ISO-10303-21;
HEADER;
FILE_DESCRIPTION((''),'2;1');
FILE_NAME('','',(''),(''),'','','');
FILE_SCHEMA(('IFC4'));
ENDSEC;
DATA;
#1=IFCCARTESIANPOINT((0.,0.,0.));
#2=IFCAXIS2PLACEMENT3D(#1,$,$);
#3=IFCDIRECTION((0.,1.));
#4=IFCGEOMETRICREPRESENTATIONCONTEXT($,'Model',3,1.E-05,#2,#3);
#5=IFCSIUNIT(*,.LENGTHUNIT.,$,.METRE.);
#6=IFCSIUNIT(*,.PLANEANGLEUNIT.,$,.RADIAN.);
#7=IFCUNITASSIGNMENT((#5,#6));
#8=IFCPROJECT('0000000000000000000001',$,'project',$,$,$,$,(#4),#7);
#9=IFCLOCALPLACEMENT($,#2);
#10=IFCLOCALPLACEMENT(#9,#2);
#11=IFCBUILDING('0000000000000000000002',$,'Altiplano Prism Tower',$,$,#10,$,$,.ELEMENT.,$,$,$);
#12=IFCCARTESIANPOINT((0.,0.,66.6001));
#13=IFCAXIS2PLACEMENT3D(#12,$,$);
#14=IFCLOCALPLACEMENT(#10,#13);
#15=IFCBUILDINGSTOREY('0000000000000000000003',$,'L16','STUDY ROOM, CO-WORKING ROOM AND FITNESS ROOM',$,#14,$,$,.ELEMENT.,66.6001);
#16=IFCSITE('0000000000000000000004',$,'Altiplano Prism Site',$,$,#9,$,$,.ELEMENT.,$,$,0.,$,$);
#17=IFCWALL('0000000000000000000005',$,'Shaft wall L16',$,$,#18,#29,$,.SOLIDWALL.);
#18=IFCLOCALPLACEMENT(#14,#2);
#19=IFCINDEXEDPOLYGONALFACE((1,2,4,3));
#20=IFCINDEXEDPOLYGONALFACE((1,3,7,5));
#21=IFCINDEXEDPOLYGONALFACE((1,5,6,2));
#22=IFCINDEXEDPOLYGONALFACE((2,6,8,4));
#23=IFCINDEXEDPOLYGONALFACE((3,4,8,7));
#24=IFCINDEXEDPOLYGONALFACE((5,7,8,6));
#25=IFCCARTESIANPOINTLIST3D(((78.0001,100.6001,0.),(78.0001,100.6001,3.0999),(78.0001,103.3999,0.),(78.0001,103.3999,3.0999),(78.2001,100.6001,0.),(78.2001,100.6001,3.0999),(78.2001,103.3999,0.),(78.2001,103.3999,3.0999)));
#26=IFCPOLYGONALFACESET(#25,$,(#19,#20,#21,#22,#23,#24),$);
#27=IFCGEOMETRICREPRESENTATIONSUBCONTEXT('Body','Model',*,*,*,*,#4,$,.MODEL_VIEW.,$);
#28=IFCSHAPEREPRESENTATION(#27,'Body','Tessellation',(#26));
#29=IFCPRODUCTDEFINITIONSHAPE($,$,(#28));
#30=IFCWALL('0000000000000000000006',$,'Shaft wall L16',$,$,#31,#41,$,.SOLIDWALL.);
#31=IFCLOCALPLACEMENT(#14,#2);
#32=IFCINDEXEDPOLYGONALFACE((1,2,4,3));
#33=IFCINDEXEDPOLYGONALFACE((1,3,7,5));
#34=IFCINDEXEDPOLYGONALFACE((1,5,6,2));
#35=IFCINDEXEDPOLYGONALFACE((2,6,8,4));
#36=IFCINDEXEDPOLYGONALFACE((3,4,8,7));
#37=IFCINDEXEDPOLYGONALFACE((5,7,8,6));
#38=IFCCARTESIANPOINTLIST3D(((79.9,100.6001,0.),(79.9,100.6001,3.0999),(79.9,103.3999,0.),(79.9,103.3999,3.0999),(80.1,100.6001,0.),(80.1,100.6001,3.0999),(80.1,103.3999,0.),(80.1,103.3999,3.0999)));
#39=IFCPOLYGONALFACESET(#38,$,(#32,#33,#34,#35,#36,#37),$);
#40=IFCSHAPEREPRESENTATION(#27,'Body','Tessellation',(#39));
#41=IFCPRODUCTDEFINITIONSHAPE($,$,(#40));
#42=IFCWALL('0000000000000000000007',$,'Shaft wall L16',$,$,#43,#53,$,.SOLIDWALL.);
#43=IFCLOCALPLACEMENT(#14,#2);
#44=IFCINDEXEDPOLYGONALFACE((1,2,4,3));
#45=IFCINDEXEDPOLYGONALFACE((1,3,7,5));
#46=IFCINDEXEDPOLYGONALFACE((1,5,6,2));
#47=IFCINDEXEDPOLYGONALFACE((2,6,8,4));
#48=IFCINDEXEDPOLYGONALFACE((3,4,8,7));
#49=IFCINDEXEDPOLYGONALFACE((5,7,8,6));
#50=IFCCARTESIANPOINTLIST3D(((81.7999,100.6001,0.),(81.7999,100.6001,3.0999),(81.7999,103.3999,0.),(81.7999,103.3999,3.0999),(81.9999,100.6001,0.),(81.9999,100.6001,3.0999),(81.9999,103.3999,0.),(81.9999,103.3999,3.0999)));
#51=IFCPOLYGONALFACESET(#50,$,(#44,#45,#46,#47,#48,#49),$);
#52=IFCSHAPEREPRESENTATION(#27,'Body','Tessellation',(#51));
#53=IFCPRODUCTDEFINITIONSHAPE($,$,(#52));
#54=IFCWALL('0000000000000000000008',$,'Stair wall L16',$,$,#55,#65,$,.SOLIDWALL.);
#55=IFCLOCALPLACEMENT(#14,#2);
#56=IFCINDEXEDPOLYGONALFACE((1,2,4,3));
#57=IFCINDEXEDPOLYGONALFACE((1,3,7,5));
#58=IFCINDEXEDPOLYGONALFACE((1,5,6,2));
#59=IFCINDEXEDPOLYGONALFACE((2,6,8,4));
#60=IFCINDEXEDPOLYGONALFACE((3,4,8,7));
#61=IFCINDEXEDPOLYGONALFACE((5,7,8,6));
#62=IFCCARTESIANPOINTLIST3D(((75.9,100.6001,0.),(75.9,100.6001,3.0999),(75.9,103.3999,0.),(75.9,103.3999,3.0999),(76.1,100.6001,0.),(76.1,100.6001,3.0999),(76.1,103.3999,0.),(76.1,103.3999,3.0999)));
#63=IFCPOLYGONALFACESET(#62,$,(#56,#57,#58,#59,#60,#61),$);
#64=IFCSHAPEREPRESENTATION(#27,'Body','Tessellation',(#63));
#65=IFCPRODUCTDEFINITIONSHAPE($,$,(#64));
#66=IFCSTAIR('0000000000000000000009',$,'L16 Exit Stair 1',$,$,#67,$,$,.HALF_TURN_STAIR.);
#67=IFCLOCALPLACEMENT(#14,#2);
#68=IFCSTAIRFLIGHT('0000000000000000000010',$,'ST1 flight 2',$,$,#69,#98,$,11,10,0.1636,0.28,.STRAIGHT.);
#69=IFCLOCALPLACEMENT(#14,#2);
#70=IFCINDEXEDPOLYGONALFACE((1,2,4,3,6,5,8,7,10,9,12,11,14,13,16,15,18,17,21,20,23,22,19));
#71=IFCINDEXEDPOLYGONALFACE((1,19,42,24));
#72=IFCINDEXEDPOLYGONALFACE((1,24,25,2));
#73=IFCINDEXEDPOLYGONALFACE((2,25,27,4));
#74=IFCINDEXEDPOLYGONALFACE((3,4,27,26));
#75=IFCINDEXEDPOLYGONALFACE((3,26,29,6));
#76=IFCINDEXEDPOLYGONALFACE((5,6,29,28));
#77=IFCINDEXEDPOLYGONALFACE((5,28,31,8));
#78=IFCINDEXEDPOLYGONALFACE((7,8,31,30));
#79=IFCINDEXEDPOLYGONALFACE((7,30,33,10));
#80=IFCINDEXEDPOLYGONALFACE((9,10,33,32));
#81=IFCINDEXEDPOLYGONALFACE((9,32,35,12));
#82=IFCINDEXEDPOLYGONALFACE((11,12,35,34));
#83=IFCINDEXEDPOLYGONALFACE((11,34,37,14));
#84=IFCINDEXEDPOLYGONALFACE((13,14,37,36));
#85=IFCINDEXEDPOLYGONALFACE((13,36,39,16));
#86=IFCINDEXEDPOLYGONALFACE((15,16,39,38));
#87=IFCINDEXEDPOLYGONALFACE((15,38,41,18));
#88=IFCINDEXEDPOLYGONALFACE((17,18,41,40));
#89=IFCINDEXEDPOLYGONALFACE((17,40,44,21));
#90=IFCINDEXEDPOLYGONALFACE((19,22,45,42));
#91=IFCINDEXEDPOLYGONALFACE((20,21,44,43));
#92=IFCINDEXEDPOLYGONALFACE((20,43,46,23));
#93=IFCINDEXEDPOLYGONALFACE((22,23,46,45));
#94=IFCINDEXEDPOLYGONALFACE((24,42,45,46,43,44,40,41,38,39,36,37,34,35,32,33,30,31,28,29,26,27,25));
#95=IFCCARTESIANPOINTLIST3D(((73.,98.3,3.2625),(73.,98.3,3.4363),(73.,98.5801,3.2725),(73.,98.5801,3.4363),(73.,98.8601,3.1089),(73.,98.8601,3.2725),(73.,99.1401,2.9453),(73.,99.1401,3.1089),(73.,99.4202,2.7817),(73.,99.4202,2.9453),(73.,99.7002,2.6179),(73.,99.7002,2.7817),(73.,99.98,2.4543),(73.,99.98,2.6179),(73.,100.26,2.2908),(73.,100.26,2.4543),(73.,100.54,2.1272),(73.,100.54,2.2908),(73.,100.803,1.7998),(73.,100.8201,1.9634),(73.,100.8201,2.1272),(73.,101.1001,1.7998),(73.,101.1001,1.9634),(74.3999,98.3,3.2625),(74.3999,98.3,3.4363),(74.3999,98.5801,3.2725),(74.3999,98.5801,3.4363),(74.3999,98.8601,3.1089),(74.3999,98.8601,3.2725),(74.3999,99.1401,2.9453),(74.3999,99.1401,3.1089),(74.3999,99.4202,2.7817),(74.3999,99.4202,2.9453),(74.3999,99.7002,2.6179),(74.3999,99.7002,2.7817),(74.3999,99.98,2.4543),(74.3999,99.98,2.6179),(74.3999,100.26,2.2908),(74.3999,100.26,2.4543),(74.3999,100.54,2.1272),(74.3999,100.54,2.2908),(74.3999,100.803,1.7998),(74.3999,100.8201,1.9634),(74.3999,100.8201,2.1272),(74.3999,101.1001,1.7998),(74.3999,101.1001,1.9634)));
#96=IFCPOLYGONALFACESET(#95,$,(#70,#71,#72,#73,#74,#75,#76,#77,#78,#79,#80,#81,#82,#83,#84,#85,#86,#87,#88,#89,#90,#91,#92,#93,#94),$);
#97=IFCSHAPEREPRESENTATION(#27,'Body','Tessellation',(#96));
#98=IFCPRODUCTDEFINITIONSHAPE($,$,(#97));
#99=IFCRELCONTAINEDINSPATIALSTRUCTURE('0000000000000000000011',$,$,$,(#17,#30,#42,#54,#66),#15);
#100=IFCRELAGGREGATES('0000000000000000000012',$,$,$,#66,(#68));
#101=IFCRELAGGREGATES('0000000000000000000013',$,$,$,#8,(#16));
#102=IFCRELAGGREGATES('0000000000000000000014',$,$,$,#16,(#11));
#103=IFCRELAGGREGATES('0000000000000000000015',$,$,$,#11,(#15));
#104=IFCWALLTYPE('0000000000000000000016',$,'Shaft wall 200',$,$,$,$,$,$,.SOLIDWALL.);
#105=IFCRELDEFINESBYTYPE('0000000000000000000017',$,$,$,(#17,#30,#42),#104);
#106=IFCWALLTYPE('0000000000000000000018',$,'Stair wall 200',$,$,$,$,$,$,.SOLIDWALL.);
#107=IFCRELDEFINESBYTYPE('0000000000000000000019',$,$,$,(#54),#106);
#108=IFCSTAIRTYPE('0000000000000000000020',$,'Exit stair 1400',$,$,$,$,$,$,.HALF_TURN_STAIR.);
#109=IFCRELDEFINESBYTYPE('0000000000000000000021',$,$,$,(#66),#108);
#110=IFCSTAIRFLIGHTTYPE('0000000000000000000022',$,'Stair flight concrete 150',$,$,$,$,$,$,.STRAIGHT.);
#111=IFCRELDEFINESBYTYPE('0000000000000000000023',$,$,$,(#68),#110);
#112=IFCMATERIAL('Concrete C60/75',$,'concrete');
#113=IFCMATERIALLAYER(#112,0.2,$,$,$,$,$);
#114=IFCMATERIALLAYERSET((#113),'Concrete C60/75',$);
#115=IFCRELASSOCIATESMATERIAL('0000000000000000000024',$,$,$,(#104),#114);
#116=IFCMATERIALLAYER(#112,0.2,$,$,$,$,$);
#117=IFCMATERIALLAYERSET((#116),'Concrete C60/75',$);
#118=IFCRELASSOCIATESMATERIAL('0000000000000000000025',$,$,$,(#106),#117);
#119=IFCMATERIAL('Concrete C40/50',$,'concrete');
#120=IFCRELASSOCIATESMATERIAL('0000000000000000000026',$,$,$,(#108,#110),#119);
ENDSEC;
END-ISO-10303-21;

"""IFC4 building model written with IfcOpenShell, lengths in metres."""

from ifc_helpers import new_model, si_unit, direction, frame, frame_2d, origin, place, context, subcontext, project, spatial, polyline, rectangle, outline, extrude, material, layer, layer_set, type_object, element, aggregate, save


model = new_model("IFC4")

# Units and contexts
model_context = context("Model", 3, precision=1e-05, world=origin(), true_north=direction((0.0, 1.0)))
body_context = subcontext(model_context, "Body", "Model", "MODEL_VIEW")
ifc_project = project(units=[si_unit("LENGTHUNIT", "METRE"), si_unit("PLANEANGLEUNIT", "RADIAN")], contexts=[model_context])

# Site, building, storey
site_placement = place(None, origin())
site = spatial("IfcSite", under=ifc_project, at=site_placement, Name="Altiplano Prism Site", CompositionType="ELEMENT", RefElevation=0.0)
building_placement = place(site_placement, origin())
building = spatial("IfcBuilding", under=site, at=building_placement, Name="Altiplano Prism Tower", CompositionType="ELEMENT")
storey_placement = place(building_placement, frame((0.0, 0.0, 66.6001)))
storey = spatial("IfcBuildingStorey", under=building, at=storey_placement, Name="L16", Description="STUDY ROOM, CO-WORKING ROOM AND FITNESS ROOM", CompositionType="ELEMENT", Elevation=66.6001)

# Shared definitions
ifc_material_1 = material(Name="Concrete C60/75", Category="concrete")

# Walls
ifc_layer_1 = layer(ifc_material_1, 0.2)
ifc_layer_set_1 = layer_set([ifc_layer_1], Name="Concrete C60/75")
wall_type_1 = type_object("IfcWallType", Name="Shaft wall 200", PredefinedType="SOLIDWALL", material=ifc_layer_set_1)
for number, where, z_axis, x_axis, name in (
    (1, (78.1001, 100.6001, 0.0), (0.0, 0.0, 1.0), (0.0, 1.0, 0.0), "Shaft wall L16"),
    (2, (80.0, 100.6001, 0.0), (0.0, 0.0, 1.0), (0.0, 1.0, 0.0), "Shaft wall L16"),
    (3, (81.8999, 100.6001, 0.0), (0.0, 0.0, 1.0), (0.0, 1.0, 0.0), "Shaft wall L16"),
):
    element("IfcWall", number, at=place(storey_placement, frame(where, z_axis=z_axis, x_axis=x_axis)), inside=storey, type_object=wall_type_1, Name=name, PredefinedType="SOLIDWALL", context=body_context, shape_type="SweptSolid", body=[
        extrude(rectangle(XDim=2.7998, YDim=0.2, at=frame_2d((1.3999, 0.0))), origin(), (0.0, 0.0, 1.0), 3.0999),
    ])

# Shared definitions
ifc_layer_2 = layer(ifc_material_1, 0.2)
ifc_layer_set_2 = layer_set([ifc_layer_2], Name="Concrete C60/75")
wall_type_2 = type_object("IfcWallType", Name="Stair wall 200", PredefinedType="SOLIDWALL", material=ifc_layer_set_2)

# Wall
wall_1_placement = place(storey_placement, frame((76.0, 100.6001, 0.0), z_axis=(0.0, 0.0, 1.0), x_axis=(0.0, 1.0, 0.0)))
element("IfcWall", 4, at=wall_1_placement, inside=storey, type_object=wall_type_2, Name="Stair wall L16", PredefinedType="SOLIDWALL", context=body_context, shape_type="SweptSolid", body=[
    extrude(rectangle(XDim=2.7998, YDim=0.2, at=frame_2d((1.3999, 0.0))), origin(), (0.0, 0.0, 1.0), 3.0999),
])

# Stair, stair flight
ifc_material_2 = material(Name="Concrete C40/50", Category="concrete")
stair_type = type_object("IfcStairType", Name="Exit stair 1400", PredefinedType="HALF_TURN_STAIR", material=ifc_material_2)
stair_placement = place(storey_placement, origin())
stair = element("IfcStair", 5, at=stair_placement, inside=storey, type_object=stair_type, Name="L16 Exit Stair 1", PredefinedType="HALF_TURN_STAIR")
stair_flight_type = type_object("IfcStairFlightType", Name="Stair flight concrete 150", PredefinedType="STRAIGHT", material=ifc_material_2)
stair_flight_placement = place(storey_placement, frame((73.7, 101.1001, 1.7998), z_axis=(0.0, 0.0, 1.0), x_axis=(0.0, -1.0, 0.0)))
stair_flight = element("IfcStairFlight", 6, at=stair_flight_placement, type_object=stair_flight_type, Name="ST1 flight 2", NumberOfRisers=11, NumberOfTreads=10, PredefinedType="STRAIGHT", RiserHeight=0.1636, TreadLength=0.28, context=body_context, shape_type="SweptSolid", body=[
    extrude(outline(polyline([(0.0, 0.0), (0.0, 0.1636), (0.28, 0.1636), (0.28, 0.3274), (0.5601, 0.3274), (0.5601, 0.491), (0.8401, 0.491), (0.8401, 0.6545), (1.1201, 0.6545), (1.1201, 0.8181), (1.3999, 0.8181), (1.3999, 0.9819), (1.6799, 0.9819), (1.6799, 1.1455), (1.96, 1.1455), (1.96, 1.3091), (2.24, 1.3091), (2.24, 1.4727), (2.52, 1.4727), (2.52, 1.6365), (2.8, 1.6365), (2.8, 1.8), (2.8, 1.4626), (0.2971, 0.0), (0.0, 0.0)])), frame((0.0, 0.7, 0.0), z_axis=(0.0, -1.0, 0.0), x_axis=(1.0, 0.0, 0.0)), (0.0, 0.0, 1.0), 1.3999),
])
aggregate(stair, [stair_flight])

save(model, "model.ifc")
